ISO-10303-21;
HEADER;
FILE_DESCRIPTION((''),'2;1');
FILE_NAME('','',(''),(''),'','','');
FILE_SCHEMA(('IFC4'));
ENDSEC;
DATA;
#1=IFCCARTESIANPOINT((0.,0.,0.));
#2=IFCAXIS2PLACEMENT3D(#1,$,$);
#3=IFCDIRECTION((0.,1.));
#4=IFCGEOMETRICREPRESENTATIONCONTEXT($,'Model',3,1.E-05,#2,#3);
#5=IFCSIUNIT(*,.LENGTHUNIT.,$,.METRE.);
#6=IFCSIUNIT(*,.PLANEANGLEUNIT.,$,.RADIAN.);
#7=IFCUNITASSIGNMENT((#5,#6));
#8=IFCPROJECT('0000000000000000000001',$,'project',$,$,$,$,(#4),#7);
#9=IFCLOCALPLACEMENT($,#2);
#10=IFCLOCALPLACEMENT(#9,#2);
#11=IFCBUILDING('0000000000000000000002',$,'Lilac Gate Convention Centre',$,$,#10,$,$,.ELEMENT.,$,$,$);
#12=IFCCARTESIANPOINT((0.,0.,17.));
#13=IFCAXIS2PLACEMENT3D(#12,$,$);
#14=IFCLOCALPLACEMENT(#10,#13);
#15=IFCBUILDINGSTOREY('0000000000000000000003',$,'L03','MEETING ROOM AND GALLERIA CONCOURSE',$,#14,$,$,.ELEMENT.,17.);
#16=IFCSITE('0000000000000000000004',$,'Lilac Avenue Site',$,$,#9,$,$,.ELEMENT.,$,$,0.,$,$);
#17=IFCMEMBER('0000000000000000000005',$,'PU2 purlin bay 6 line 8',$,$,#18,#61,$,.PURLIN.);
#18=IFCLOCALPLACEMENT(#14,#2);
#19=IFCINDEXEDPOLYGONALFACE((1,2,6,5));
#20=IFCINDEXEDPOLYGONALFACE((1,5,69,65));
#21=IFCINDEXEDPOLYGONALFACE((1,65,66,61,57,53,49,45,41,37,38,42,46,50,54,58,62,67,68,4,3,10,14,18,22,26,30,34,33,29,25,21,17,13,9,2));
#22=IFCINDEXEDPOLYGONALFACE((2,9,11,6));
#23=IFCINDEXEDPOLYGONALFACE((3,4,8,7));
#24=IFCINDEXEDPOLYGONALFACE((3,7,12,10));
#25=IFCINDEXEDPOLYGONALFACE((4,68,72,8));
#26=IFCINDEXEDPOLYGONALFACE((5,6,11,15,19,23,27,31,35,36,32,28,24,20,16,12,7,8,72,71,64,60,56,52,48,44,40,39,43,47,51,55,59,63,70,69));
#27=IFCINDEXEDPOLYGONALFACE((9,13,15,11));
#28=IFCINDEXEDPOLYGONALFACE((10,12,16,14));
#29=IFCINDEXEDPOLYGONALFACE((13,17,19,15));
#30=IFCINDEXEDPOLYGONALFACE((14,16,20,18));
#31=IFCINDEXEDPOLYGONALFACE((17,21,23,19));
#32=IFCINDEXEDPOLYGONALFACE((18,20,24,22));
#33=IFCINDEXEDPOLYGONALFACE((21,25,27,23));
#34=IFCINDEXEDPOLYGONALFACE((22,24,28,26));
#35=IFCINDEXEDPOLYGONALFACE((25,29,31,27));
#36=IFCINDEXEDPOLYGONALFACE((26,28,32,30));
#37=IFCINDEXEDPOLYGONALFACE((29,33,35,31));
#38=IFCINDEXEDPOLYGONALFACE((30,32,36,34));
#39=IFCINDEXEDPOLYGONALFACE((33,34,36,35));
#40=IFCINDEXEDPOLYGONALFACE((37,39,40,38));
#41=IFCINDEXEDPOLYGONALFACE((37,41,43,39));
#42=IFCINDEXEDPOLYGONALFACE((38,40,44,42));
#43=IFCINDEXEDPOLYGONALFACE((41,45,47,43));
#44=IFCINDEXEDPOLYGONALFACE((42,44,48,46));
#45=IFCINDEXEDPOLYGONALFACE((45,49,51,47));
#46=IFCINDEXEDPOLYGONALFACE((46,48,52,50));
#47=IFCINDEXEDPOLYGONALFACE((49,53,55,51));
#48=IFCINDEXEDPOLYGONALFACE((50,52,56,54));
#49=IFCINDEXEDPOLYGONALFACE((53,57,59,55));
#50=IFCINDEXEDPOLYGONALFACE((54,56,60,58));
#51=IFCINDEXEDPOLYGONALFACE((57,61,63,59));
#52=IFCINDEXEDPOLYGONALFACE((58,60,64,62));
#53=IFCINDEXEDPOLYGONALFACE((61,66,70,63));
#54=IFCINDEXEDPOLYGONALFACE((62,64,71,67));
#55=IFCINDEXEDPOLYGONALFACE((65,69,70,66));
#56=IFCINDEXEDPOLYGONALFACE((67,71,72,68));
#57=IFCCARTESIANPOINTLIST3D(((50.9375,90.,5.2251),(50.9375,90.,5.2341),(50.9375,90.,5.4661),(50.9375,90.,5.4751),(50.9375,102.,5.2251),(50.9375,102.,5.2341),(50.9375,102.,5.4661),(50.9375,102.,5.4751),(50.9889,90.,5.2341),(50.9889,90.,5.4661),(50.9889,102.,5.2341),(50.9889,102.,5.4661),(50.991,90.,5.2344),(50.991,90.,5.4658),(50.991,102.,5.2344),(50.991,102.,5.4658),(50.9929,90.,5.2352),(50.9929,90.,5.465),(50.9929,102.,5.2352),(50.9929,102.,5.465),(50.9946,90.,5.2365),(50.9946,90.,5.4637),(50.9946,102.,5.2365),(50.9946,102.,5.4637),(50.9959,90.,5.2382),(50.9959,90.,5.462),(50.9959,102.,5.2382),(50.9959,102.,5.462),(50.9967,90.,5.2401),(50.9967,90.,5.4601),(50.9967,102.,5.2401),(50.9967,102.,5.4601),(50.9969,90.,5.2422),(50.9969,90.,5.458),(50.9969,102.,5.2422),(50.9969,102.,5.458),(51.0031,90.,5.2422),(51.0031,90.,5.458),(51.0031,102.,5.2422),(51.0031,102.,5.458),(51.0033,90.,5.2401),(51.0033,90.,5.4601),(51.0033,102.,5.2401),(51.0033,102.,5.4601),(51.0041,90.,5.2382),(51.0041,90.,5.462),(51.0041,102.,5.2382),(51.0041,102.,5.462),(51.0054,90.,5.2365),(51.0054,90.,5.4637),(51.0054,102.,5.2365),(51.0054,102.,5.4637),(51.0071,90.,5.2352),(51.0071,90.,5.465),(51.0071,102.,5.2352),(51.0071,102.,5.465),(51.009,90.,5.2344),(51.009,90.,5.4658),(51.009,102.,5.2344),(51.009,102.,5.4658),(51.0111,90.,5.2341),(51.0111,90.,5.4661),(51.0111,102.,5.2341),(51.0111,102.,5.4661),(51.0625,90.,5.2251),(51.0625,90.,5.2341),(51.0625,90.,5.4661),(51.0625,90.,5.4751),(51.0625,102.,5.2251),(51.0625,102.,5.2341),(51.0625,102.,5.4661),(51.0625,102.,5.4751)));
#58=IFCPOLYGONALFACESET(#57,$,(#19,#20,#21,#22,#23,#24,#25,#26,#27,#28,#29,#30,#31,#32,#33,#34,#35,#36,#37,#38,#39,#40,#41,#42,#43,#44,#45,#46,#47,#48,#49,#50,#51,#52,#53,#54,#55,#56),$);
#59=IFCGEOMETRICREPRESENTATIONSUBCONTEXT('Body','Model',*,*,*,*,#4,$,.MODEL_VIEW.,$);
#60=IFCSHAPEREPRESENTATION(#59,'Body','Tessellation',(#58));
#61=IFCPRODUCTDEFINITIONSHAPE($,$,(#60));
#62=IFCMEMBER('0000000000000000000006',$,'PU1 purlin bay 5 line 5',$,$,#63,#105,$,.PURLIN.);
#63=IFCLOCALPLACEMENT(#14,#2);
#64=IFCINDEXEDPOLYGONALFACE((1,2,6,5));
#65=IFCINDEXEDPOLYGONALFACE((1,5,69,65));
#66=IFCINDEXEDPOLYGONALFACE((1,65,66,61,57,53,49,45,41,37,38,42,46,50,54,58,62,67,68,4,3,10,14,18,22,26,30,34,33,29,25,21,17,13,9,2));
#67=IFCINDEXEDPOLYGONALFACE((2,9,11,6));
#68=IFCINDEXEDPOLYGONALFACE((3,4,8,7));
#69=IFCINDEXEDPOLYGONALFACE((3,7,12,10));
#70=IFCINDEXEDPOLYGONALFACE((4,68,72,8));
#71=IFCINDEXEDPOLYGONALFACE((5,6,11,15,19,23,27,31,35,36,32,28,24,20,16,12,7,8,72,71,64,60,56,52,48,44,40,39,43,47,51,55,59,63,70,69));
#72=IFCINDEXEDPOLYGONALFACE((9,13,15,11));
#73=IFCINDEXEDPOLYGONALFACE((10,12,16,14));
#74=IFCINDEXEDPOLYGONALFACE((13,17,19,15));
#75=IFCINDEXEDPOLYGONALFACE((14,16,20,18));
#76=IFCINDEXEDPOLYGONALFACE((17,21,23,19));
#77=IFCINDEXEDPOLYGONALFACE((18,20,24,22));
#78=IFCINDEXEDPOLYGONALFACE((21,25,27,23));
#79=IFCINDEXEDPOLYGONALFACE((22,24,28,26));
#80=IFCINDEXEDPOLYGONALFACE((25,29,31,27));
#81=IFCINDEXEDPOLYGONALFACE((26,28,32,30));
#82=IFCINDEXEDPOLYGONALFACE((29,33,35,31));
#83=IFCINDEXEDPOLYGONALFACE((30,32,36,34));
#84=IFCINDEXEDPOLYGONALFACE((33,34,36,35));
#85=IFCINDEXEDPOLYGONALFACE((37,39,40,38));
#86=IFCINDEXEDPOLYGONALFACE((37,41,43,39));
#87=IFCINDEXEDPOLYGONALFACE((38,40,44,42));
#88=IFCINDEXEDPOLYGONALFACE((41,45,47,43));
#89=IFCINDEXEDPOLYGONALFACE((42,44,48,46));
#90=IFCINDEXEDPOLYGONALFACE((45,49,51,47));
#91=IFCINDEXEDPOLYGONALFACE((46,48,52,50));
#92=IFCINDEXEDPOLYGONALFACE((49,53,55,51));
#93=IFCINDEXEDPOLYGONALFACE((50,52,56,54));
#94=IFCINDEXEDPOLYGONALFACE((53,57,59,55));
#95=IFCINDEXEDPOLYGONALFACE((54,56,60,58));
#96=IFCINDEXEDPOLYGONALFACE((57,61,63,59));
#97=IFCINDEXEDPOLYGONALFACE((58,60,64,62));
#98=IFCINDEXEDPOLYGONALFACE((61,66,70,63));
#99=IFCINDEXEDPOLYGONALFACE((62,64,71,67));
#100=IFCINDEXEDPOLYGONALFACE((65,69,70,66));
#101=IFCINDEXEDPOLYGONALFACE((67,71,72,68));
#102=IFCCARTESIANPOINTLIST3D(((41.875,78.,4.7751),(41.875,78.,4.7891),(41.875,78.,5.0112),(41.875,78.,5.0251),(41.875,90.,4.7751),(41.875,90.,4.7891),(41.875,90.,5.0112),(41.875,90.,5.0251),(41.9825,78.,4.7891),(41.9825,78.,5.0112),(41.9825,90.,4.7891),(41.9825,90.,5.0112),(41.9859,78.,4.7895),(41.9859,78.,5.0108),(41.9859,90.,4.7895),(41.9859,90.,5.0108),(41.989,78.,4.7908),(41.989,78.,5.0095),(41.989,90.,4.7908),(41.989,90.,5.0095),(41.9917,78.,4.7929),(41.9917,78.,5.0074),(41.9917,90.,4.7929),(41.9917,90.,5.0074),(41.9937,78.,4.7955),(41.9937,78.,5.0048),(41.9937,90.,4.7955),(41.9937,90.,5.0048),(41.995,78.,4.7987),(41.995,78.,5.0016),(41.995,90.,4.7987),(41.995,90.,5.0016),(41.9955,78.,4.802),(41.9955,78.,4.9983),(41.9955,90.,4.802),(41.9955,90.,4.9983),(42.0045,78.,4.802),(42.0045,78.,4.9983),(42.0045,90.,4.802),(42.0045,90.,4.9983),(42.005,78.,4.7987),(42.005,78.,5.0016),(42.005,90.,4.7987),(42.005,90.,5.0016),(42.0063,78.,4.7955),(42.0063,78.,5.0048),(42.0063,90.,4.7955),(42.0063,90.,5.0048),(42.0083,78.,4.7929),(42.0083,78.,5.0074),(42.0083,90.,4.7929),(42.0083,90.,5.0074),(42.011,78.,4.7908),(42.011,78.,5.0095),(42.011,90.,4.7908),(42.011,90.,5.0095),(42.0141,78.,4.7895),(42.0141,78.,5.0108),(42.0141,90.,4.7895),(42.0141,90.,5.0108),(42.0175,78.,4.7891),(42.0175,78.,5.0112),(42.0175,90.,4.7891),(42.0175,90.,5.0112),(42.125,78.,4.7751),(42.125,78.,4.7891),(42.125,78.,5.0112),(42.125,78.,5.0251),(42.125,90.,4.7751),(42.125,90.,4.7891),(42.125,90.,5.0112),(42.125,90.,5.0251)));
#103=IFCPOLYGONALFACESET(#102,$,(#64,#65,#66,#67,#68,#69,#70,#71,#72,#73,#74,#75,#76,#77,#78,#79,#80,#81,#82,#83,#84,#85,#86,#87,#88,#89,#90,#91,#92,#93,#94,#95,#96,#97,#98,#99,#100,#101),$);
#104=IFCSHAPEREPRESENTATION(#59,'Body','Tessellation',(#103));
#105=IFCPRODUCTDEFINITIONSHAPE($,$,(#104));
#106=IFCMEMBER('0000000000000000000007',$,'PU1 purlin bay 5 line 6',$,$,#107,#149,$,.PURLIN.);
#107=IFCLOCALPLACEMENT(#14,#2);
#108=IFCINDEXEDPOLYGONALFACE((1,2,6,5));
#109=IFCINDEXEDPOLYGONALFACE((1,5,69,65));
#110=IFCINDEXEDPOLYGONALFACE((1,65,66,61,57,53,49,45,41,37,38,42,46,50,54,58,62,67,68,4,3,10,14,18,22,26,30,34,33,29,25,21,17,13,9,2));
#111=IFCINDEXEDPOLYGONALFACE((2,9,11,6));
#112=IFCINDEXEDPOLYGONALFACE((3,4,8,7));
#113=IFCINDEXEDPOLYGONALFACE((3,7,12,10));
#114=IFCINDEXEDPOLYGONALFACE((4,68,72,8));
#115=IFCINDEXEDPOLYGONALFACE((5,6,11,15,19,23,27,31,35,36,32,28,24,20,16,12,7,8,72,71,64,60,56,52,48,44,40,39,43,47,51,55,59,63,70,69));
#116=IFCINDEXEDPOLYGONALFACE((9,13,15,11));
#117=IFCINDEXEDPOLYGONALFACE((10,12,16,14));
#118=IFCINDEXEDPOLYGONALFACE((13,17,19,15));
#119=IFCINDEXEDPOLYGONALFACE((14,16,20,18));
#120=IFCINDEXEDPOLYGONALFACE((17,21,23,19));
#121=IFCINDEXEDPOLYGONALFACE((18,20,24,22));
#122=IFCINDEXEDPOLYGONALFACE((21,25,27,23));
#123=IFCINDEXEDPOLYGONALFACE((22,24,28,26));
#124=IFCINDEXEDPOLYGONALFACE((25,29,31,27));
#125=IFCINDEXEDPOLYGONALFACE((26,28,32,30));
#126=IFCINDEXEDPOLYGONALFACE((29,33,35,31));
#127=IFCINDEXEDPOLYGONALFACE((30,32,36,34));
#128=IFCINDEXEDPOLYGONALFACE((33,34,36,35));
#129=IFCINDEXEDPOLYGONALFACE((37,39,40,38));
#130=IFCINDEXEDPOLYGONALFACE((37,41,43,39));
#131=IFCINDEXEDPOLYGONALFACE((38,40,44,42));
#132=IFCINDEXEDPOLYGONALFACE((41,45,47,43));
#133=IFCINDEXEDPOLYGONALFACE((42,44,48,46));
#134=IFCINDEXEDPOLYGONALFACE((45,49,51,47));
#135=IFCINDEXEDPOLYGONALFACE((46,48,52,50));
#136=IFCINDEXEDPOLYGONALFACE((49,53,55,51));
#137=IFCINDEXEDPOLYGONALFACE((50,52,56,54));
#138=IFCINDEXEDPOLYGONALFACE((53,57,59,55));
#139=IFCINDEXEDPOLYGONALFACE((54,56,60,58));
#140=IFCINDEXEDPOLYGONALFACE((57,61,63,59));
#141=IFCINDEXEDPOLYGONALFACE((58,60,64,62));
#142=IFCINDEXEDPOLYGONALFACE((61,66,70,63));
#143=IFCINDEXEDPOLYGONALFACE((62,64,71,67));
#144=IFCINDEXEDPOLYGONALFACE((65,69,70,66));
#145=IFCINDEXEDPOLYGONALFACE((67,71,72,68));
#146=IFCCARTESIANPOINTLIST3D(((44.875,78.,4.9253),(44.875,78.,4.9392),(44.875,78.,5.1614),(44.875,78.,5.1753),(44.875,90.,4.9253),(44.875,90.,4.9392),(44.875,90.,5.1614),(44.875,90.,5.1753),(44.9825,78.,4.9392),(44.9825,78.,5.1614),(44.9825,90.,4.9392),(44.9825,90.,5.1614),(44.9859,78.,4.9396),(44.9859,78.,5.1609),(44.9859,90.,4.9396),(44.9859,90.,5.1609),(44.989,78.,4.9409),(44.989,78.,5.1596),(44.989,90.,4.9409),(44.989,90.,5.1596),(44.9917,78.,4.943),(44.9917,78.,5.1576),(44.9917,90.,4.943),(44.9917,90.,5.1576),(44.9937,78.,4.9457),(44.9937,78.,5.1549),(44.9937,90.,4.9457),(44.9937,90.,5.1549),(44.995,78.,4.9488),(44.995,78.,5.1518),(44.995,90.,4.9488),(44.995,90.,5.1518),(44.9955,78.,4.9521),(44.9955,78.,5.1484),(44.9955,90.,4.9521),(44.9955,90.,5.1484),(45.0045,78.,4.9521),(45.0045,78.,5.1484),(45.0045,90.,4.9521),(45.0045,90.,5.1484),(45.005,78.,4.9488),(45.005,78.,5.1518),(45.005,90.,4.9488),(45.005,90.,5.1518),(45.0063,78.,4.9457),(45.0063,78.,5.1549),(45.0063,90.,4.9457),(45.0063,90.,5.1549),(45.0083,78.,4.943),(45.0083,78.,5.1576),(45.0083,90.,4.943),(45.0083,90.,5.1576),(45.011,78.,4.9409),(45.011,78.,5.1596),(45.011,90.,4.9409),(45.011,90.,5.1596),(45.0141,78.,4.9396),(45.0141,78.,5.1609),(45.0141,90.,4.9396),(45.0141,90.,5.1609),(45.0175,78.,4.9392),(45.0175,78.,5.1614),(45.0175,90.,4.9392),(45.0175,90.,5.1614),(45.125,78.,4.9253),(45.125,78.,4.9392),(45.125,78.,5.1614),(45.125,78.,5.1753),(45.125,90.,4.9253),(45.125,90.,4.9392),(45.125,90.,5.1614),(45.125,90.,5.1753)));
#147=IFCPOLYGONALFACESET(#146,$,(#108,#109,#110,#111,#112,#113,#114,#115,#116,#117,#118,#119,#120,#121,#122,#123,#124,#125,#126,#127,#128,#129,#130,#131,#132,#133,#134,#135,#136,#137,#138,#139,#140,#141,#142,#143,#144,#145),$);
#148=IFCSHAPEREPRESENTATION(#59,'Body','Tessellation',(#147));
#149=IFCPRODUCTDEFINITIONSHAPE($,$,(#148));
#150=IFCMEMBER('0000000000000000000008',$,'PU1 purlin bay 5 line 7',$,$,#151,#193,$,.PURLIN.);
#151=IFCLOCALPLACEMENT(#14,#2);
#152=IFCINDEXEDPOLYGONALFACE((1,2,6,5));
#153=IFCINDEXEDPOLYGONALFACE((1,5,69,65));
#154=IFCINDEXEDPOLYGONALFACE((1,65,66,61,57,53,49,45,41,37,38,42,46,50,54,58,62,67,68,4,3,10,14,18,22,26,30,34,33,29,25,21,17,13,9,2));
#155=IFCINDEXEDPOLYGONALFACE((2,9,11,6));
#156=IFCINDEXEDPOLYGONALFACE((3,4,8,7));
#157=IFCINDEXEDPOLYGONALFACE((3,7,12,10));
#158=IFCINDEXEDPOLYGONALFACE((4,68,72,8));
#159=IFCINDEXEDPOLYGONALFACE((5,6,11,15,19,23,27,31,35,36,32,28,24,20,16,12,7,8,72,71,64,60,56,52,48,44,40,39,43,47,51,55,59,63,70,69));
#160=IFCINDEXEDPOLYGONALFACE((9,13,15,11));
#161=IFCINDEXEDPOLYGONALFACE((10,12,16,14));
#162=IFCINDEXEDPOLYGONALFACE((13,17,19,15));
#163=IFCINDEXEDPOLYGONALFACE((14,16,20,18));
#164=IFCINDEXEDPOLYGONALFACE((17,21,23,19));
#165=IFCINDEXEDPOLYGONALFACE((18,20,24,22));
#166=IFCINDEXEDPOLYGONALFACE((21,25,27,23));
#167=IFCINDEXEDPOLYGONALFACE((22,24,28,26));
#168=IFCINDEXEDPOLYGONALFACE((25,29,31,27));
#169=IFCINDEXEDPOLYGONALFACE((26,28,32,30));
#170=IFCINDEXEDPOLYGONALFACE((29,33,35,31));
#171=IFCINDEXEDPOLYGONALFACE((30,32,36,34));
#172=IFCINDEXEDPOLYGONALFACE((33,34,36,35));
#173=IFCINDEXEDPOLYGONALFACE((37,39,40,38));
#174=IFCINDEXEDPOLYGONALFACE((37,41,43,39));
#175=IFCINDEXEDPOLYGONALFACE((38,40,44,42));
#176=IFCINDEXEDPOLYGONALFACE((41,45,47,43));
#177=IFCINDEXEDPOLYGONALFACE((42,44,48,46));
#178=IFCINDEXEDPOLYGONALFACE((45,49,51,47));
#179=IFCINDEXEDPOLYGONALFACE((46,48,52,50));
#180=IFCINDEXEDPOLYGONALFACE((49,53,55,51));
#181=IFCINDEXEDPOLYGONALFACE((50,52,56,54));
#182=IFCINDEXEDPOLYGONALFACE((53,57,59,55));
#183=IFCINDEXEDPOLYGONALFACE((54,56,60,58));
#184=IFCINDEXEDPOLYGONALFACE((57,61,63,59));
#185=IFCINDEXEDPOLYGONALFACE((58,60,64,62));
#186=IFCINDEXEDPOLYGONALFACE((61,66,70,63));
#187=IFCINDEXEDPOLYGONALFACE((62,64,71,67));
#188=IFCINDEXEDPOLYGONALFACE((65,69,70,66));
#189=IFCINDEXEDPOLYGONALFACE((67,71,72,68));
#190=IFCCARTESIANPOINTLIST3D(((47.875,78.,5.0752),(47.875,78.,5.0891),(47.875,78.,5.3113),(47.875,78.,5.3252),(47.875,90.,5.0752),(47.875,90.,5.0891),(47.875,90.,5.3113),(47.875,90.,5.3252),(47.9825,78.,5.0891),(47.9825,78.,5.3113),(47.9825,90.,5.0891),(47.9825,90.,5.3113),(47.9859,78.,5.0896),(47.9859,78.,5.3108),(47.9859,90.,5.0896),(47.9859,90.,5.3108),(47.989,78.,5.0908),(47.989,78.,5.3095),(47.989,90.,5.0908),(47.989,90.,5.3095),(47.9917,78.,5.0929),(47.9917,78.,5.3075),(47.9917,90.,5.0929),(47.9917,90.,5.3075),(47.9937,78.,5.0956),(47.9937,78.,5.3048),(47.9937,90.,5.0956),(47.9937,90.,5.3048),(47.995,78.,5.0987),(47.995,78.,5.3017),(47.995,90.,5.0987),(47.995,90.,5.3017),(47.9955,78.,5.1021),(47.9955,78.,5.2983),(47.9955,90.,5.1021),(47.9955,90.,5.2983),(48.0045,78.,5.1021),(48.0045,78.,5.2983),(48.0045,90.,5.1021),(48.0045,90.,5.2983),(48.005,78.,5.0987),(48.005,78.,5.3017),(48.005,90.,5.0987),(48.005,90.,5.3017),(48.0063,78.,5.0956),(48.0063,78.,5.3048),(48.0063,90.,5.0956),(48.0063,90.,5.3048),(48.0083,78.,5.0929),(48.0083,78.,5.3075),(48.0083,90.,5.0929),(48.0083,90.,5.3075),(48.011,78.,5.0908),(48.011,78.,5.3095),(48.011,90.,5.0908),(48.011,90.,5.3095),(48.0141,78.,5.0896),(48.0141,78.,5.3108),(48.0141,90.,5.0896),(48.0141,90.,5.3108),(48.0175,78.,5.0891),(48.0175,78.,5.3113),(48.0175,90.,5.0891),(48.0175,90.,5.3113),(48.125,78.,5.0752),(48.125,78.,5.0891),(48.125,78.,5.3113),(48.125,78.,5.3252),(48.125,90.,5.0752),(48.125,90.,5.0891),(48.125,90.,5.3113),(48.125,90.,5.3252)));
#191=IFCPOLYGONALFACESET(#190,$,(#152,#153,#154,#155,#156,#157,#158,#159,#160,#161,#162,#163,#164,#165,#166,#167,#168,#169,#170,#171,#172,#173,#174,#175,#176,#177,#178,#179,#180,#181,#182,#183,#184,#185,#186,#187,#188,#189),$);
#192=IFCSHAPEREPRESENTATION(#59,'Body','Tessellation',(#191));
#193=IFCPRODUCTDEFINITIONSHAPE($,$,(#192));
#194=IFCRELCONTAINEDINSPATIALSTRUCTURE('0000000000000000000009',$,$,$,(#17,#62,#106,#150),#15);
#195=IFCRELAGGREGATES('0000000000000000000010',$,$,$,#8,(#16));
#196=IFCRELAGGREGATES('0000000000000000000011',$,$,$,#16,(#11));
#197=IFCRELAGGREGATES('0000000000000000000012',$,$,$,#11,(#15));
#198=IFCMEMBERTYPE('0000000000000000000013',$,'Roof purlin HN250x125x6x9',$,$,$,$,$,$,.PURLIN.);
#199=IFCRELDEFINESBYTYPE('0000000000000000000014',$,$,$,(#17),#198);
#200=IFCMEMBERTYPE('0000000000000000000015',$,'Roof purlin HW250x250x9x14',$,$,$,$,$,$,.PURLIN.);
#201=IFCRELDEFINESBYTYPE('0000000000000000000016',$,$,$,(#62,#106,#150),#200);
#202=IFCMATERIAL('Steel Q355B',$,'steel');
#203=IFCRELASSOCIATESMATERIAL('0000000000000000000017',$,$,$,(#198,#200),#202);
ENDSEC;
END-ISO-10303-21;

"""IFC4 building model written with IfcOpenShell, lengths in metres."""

from ifc_helpers import new_model, si_unit, direction, frame, origin, origin_2d, place, context, subcontext, project, spatial, i_section, extrude, material, material_profile, profile_set, type_object, element, save


model = new_model("IFC4")

# Units and contexts
model_context = context("Model", 3, precision=1e-05, world=origin(), true_north=direction((0.0, 1.0)))
body_context = subcontext(model_context, "Body", "Model", "MODEL_VIEW")
ifc_project = project(units=[si_unit("LENGTHUNIT", "METRE"), si_unit("PLANEANGLEUNIT", "RADIAN")], contexts=[model_context])

# Site, building, storey
site_placement = place(None, origin())
site = spatial("IfcSite", under=ifc_project, at=site_placement, Name="Lilac Avenue Site", CompositionType="ELEMENT", RefElevation=0.0)
building_placement = place(site_placement, origin())
building = spatial("IfcBuilding", under=site, at=building_placement, Name="Lilac Gate Convention Centre", CompositionType="ELEMENT")
storey_placement = place(building_placement, frame((0.0, 0.0, 17.0)))
storey = spatial("IfcBuildingStorey", under=building, at=storey_placement, Name="L03", Description="MEETING ROOM AND GALLERIA CONCOURSE", CompositionType="ELEMENT", Elevation=17.0)

# Members
ifc_material = material(Name="Steel Q355B", Category="steel")
ifc_material_profile_1 = material_profile(ifc_material, i_section(OverallWidth=0.125, OverallDepth=0.25, WebThickness=0.0061, FlangeThickness=0.009, FilletRadius=0.0081, at=origin_2d()), Name="HN250x125x6x9")
ifc_profile_set_1 = profile_set([ifc_material_profile_1], Name="Steel Q355B")
member_type_1 = type_object("IfcMemberType", Name="Roof purlin HN250x125x6x9", PredefinedType="PURLIN", material=ifc_profile_set_1)
for number, where, z_axis, x_axis, name in (
    (1, (51.0, 90.0, 5.3501), (0.0, 1.0, 0.0), (-1.0, 0.0, 0.0), "PU2 purlin bay 6 line 8"),
):
    element("IfcMember", number, at=place(storey_placement, frame(where, z_axis=z_axis, x_axis=x_axis)), inside=storey, type_object=member_type_1, Name=name, PredefinedType="PURLIN", context=body_context, shape_type="SweptSolid", body=[
        extrude(i_section(OverallWidth=0.125, OverallDepth=0.25, WebThickness=0.0061, FlangeThickness=0.009, FilletRadius=0.0081, at=origin_2d()), origin(), (0.0, 0.0, 1.0), 12.0),
    ])
ifc_material_profile_2 = material_profile(ifc_material, i_section(OverallWidth=0.25, OverallDepth=0.25, WebThickness=0.009, FlangeThickness=0.0139, FilletRadius=0.0129, at=origin_2d()), Name="HW250x250x9x14")
ifc_profile_set_2 = profile_set([ifc_material_profile_2], Name="Steel Q355B")
member_type_2 = type_object("IfcMemberType", Name="Roof purlin HW250x250x9x14", PredefinedType="PURLIN", material=ifc_profile_set_2)
for number, where, z_axis, x_axis, name in (
    (2, (42.0, 78.0, 4.9001), (0.0, 1.0, 0.0), (-1.0, 0.0, 0.0), "PU1 purlin bay 5 line 5"),
    (3, (45.0, 78.0, 5.0503), (0.0, 1.0, 0.0), (-1.0, 0.0, 0.0), "PU1 purlin bay 5 line 6"),
    (4, (48.0, 78.0, 5.2002), (0.0, 1.0, 0.0), (-1.0, 0.0, 0.0), "PU1 purlin bay 5 line 7"),
):
    element("IfcMember", number, at=place(storey_placement, frame(where, z_axis=z_axis, x_axis=x_axis)), inside=storey, type_object=member_type_2, Name=name, PredefinedType="PURLIN", context=body_context, shape_type="SweptSolid", body=[
        extrude(i_section(OverallWidth=0.25, OverallDepth=0.25, WebThickness=0.009, FlangeThickness=0.0139, FilletRadius=0.0129, at=origin_2d()), origin(), (0.0, 0.0, 1.0), 12.0),
    ])

save(model, "model.ifc")
